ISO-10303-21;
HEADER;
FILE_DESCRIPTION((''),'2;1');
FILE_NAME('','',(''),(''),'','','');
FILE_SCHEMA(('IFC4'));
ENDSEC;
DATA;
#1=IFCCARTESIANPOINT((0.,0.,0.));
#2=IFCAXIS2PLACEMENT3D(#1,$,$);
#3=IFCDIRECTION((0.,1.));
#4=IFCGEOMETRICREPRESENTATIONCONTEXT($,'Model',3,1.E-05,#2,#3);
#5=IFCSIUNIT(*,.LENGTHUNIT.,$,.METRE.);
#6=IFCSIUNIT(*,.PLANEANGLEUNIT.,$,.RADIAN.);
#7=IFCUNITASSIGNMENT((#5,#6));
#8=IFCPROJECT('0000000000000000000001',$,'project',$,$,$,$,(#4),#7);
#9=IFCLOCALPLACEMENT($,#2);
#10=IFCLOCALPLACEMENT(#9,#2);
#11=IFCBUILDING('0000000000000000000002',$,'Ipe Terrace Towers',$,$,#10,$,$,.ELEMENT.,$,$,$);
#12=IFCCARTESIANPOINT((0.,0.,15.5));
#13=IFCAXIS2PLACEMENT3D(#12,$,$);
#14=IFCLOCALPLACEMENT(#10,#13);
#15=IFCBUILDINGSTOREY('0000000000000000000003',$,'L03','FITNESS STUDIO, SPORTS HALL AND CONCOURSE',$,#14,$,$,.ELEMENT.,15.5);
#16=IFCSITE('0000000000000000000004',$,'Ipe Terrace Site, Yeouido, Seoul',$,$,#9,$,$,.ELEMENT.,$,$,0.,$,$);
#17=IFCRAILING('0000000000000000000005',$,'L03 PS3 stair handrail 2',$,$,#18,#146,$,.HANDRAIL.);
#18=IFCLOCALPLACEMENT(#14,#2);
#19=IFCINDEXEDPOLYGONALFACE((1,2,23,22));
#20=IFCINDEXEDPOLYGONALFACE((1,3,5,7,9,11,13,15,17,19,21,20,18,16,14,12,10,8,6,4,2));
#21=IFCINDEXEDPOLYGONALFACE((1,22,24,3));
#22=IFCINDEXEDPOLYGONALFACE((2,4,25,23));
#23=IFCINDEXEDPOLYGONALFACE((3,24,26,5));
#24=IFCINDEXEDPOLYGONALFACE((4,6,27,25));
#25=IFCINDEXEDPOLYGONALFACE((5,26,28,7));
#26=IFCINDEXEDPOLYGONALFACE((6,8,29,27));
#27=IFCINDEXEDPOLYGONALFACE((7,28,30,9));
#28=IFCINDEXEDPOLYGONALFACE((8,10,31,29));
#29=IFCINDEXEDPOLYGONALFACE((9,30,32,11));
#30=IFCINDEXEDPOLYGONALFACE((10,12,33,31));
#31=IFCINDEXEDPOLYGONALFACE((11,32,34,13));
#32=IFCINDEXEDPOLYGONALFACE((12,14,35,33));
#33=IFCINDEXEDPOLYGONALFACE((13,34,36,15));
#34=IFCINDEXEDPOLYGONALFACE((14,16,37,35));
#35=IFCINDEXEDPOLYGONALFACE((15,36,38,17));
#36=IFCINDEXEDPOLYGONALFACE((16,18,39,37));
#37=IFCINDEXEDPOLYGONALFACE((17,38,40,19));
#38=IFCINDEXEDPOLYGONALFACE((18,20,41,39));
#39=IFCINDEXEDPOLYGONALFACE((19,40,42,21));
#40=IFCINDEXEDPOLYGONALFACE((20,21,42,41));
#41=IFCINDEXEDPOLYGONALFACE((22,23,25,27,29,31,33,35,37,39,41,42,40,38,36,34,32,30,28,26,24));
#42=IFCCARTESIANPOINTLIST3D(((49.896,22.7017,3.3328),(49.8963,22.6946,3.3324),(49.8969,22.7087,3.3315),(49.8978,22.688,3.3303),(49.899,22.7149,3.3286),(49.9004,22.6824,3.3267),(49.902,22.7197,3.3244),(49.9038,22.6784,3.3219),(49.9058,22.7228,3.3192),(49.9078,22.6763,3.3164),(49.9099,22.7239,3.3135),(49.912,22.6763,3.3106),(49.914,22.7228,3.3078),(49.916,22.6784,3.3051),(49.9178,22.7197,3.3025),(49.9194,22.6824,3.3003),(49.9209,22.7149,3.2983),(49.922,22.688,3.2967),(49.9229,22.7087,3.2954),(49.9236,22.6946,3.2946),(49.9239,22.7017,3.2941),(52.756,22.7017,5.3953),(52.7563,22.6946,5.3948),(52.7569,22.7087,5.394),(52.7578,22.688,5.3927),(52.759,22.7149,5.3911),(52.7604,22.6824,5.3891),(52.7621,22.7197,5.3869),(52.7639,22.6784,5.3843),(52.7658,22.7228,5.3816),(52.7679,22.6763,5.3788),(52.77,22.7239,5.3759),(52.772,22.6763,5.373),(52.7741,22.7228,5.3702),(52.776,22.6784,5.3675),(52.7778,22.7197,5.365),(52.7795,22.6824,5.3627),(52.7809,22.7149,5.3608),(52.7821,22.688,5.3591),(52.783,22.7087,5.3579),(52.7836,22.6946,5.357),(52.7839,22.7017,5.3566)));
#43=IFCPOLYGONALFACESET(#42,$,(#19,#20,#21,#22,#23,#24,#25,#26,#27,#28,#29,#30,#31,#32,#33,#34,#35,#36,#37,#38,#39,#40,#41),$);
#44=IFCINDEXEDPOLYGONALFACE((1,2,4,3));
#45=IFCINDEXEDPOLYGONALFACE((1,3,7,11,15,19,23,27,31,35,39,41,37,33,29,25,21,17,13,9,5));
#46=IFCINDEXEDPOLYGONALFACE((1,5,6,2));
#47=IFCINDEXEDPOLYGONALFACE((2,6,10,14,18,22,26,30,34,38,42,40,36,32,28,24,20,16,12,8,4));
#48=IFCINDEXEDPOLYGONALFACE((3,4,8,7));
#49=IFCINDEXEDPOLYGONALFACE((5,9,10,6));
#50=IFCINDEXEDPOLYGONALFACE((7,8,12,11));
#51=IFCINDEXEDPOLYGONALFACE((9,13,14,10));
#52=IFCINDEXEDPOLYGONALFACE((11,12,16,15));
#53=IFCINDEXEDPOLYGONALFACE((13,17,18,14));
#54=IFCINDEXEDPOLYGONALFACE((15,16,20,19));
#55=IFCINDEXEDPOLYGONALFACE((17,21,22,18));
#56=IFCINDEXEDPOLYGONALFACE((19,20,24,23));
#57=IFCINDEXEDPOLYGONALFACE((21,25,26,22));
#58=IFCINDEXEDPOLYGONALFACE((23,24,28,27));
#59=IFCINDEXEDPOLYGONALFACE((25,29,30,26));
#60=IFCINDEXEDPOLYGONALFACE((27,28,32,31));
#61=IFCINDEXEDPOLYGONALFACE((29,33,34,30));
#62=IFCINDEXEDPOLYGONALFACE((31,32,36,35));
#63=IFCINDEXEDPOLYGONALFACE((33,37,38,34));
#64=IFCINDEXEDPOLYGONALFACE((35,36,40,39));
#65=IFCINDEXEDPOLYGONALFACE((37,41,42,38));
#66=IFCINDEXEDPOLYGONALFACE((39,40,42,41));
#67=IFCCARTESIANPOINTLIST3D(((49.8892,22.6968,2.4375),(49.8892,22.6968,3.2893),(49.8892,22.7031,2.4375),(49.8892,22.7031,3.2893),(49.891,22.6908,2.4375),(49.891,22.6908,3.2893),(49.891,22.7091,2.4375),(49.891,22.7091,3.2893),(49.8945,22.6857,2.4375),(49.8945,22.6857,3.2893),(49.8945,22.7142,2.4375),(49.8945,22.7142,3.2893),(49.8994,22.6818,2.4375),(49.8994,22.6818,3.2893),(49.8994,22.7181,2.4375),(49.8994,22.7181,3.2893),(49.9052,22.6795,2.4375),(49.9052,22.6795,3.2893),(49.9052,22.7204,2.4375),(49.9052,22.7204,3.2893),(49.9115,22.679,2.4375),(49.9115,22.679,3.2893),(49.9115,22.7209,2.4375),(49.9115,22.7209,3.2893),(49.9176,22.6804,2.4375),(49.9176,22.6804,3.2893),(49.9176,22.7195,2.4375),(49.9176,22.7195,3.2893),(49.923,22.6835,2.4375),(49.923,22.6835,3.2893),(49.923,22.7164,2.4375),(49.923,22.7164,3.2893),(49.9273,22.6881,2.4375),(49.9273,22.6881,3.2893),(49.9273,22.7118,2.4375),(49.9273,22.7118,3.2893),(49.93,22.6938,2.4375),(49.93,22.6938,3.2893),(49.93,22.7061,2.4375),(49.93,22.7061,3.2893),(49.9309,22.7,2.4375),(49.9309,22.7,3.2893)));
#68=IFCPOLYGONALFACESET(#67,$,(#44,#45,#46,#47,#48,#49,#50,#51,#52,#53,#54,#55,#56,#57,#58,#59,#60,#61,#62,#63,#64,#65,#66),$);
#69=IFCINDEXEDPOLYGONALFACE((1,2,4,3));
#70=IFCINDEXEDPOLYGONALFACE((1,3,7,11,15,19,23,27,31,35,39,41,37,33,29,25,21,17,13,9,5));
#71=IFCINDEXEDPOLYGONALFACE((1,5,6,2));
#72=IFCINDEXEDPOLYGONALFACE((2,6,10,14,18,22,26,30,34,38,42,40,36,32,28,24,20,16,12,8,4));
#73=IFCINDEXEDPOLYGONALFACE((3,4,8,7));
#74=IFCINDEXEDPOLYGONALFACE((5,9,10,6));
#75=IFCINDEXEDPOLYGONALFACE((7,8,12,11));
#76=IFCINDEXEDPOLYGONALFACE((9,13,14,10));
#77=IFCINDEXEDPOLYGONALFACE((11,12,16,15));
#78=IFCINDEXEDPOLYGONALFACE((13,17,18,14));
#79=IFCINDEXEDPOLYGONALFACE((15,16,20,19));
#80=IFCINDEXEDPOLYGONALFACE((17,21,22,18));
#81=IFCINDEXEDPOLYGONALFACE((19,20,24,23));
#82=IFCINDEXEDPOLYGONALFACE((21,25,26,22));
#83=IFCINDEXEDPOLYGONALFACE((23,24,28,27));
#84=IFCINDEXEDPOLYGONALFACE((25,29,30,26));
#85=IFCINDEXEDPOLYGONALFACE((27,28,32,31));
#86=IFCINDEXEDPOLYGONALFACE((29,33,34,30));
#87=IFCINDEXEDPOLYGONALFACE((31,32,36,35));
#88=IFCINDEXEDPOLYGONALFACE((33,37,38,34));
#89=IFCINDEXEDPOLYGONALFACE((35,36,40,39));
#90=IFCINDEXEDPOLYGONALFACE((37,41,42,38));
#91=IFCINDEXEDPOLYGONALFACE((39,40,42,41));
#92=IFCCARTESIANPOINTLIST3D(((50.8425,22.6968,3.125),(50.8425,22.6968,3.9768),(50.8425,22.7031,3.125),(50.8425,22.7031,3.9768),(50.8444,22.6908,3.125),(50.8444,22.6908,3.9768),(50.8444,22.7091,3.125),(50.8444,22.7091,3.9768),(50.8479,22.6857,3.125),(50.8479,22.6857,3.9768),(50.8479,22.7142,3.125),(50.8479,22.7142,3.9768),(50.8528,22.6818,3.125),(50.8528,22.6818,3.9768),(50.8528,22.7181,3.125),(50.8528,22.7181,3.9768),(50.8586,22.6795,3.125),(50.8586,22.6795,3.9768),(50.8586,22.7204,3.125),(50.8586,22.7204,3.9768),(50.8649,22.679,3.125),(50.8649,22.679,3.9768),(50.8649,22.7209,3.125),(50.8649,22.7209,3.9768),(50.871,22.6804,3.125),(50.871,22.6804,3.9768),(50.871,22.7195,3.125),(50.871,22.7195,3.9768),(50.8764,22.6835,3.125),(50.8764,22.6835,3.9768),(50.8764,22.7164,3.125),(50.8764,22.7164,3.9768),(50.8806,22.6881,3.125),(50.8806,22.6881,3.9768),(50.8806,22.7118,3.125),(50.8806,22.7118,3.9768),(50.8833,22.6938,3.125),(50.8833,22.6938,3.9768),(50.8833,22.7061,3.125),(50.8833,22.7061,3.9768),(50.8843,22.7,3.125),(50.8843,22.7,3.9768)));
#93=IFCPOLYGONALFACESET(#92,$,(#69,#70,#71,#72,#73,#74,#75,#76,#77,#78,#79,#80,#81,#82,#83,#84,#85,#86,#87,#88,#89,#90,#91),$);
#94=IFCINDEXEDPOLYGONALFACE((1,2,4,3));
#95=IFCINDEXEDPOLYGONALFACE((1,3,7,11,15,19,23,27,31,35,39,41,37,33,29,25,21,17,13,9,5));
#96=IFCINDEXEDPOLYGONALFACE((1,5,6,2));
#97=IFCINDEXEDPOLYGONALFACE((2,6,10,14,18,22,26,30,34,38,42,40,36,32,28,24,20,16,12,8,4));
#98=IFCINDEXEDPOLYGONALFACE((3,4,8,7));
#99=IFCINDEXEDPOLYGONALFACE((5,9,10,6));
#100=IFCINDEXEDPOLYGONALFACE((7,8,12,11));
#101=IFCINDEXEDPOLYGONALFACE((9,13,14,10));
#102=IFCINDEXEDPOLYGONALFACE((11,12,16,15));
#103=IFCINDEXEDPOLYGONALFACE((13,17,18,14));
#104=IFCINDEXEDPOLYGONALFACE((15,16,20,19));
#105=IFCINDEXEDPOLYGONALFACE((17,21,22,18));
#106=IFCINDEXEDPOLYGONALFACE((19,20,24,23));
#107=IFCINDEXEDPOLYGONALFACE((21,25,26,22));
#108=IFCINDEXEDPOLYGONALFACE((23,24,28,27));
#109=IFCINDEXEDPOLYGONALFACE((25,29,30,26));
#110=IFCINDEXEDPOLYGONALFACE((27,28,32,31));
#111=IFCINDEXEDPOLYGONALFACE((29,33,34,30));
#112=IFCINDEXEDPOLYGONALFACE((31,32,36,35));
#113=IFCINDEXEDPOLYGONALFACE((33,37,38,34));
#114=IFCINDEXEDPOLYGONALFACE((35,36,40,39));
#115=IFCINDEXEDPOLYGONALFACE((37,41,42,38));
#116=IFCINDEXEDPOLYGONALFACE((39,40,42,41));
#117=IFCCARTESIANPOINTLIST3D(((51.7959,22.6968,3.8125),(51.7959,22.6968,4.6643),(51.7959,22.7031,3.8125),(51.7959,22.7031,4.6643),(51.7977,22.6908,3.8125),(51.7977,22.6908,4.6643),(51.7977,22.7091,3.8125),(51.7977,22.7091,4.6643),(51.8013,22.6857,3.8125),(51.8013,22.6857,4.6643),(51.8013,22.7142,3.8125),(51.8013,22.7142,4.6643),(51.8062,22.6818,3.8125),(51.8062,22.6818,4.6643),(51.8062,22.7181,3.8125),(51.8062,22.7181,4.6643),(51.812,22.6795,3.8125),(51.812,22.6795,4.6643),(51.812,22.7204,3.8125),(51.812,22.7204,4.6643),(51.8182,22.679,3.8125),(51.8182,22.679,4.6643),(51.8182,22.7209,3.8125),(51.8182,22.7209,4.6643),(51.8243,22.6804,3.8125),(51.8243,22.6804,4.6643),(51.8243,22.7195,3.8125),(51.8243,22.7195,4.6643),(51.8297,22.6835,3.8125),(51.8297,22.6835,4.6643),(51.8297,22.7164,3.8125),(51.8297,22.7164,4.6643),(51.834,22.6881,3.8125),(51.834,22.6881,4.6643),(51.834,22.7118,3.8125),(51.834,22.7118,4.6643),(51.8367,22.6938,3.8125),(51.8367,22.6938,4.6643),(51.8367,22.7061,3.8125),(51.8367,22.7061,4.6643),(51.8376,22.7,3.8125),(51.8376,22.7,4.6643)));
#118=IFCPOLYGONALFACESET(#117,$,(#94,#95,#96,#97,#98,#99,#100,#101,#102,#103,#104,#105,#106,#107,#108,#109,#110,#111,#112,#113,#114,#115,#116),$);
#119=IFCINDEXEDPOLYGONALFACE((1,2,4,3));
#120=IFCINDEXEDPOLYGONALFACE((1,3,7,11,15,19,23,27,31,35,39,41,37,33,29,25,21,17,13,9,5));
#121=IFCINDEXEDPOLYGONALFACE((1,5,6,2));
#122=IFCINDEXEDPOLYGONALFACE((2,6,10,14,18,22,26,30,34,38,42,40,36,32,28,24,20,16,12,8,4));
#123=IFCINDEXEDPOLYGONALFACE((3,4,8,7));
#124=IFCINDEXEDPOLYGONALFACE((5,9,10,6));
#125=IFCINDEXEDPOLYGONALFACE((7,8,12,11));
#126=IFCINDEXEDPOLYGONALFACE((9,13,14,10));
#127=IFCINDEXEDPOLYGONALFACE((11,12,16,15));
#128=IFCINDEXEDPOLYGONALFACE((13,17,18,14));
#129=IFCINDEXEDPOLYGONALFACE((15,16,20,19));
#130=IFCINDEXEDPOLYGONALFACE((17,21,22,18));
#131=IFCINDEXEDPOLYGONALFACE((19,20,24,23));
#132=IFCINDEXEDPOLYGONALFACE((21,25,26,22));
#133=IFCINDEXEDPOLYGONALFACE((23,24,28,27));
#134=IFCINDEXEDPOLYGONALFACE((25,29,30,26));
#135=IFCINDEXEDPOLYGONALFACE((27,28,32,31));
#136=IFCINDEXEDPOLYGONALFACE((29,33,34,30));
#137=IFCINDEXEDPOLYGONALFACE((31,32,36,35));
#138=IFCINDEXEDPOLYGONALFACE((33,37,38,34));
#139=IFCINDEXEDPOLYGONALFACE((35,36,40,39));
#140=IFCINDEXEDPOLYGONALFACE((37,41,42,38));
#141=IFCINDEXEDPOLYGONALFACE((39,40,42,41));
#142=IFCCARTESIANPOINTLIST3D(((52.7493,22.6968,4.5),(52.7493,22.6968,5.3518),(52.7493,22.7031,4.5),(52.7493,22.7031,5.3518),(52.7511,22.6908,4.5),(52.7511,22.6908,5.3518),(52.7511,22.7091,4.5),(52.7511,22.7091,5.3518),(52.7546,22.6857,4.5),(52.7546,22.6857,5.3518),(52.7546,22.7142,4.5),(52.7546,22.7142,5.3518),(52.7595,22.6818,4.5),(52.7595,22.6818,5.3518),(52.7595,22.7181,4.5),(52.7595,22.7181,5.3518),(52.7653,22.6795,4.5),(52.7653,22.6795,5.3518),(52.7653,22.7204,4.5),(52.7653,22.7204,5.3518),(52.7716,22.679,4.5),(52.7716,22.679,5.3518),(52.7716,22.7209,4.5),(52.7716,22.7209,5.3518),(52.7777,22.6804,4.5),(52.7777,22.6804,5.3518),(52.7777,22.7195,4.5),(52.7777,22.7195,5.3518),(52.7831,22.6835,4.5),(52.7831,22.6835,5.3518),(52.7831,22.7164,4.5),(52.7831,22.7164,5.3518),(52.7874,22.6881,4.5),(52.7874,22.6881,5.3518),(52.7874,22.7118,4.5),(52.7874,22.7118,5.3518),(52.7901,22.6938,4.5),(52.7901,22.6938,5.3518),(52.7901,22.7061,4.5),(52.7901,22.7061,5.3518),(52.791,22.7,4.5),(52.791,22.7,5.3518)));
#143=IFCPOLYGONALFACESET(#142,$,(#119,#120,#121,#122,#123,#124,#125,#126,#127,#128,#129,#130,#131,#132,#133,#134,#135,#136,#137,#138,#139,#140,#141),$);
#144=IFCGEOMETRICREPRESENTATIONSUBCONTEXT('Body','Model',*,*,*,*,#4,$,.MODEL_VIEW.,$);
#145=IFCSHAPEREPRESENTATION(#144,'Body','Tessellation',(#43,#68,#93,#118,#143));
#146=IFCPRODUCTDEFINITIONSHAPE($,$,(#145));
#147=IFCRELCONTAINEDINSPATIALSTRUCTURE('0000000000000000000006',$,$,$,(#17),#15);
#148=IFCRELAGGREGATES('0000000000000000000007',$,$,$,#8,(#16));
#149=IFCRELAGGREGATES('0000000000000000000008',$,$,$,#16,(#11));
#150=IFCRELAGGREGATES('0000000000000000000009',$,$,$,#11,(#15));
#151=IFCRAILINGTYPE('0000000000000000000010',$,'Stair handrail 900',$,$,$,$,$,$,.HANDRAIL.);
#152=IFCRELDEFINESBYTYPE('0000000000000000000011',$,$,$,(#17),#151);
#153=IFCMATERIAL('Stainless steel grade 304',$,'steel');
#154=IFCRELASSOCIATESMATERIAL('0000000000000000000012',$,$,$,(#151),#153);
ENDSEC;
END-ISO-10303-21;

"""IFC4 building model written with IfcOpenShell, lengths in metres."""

from ifc_helpers import new_model, si_unit, direction, frame, origin, origin_2d, place, context, subcontext, project, spatial, circle, extrude, material, type_object, element, save


model = new_model("IFC4")

# Units and contexts
model_context = context("Model", 3, precision=1e-05, world=origin(), true_north=direction((0.0, 1.0)))
body_context = subcontext(model_context, "Body", "Model", "MODEL_VIEW")
ifc_project = project(units=[si_unit("LENGTHUNIT", "METRE"), si_unit("PLANEANGLEUNIT", "RADIAN")], contexts=[model_context])

# Site, building, storey
site_placement = place(None, origin())
site = spatial("IfcSite", under=ifc_project, at=site_placement, Name="Ipe Terrace Site, Yeouido, Seoul", CompositionType="ELEMENT", RefElevation=0.0)
building_placement = place(site_placement, origin())
building = spatial("IfcBuilding", under=site, at=building_placement, Name="Ipe Terrace Towers", CompositionType="ELEMENT")
storey_placement = place(building_placement, frame((0.0, 0.0, 15.5)))
storey = spatial("IfcBuildingStorey", under=building, at=storey_placement, Name="L03", Description="FITNESS STUDIO, SPORTS HALL AND CONCOURSE", CompositionType="ELEMENT", Elevation=15.5)

# Railing
ifc_material_1 = material(Name="Stainless steel grade 304", Category="steel")
railing_type_1 = type_object("IfcRailingType", Name="Stair handrail 900", PredefinedType="HANDRAIL", material=ifc_material_1)
railing_1_placement = place(storey_placement, frame((49.9099, 22.7, 2.4375)))
element("IfcRailing", 1, at=railing_1_placement, inside=storey, type_object=railing_type_1, Name="L03 PS3 stair handrail 2", PredefinedType="HANDRAIL", context=body_context, shape_type="SweptSolid", body=[
    extrude(circle(Radius=0.0239, at=origin_2d()), frame((0.0, 0.0, 0.876), z_axis=(0.811101, 0.0, 0.584906), x_axis=(0.0, 1.0, 0.0)), (0.0, 0.0, 1.0), 3.5261),
    extrude(circle(Radius=0.021, at=origin_2d()), origin(), (0.0, 0.0, 1.0), 0.8518),
    extrude(circle(Radius=0.021, at=origin_2d()), frame((0.9534, 0.0, 0.6875)), (0.0, 0.0, 1.0), 0.8518),
    extrude(circle(Radius=0.021, at=origin_2d()), frame((1.9067, 0.0, 1.375)), (0.0, 0.0, 1.0), 0.8518),
    extrude(circle(Radius=0.021, at=origin_2d()), frame((2.8601, 0.0, 2.0625)), (0.0, 0.0, 1.0), 0.8518),
])

save(model, "model.ifc")
